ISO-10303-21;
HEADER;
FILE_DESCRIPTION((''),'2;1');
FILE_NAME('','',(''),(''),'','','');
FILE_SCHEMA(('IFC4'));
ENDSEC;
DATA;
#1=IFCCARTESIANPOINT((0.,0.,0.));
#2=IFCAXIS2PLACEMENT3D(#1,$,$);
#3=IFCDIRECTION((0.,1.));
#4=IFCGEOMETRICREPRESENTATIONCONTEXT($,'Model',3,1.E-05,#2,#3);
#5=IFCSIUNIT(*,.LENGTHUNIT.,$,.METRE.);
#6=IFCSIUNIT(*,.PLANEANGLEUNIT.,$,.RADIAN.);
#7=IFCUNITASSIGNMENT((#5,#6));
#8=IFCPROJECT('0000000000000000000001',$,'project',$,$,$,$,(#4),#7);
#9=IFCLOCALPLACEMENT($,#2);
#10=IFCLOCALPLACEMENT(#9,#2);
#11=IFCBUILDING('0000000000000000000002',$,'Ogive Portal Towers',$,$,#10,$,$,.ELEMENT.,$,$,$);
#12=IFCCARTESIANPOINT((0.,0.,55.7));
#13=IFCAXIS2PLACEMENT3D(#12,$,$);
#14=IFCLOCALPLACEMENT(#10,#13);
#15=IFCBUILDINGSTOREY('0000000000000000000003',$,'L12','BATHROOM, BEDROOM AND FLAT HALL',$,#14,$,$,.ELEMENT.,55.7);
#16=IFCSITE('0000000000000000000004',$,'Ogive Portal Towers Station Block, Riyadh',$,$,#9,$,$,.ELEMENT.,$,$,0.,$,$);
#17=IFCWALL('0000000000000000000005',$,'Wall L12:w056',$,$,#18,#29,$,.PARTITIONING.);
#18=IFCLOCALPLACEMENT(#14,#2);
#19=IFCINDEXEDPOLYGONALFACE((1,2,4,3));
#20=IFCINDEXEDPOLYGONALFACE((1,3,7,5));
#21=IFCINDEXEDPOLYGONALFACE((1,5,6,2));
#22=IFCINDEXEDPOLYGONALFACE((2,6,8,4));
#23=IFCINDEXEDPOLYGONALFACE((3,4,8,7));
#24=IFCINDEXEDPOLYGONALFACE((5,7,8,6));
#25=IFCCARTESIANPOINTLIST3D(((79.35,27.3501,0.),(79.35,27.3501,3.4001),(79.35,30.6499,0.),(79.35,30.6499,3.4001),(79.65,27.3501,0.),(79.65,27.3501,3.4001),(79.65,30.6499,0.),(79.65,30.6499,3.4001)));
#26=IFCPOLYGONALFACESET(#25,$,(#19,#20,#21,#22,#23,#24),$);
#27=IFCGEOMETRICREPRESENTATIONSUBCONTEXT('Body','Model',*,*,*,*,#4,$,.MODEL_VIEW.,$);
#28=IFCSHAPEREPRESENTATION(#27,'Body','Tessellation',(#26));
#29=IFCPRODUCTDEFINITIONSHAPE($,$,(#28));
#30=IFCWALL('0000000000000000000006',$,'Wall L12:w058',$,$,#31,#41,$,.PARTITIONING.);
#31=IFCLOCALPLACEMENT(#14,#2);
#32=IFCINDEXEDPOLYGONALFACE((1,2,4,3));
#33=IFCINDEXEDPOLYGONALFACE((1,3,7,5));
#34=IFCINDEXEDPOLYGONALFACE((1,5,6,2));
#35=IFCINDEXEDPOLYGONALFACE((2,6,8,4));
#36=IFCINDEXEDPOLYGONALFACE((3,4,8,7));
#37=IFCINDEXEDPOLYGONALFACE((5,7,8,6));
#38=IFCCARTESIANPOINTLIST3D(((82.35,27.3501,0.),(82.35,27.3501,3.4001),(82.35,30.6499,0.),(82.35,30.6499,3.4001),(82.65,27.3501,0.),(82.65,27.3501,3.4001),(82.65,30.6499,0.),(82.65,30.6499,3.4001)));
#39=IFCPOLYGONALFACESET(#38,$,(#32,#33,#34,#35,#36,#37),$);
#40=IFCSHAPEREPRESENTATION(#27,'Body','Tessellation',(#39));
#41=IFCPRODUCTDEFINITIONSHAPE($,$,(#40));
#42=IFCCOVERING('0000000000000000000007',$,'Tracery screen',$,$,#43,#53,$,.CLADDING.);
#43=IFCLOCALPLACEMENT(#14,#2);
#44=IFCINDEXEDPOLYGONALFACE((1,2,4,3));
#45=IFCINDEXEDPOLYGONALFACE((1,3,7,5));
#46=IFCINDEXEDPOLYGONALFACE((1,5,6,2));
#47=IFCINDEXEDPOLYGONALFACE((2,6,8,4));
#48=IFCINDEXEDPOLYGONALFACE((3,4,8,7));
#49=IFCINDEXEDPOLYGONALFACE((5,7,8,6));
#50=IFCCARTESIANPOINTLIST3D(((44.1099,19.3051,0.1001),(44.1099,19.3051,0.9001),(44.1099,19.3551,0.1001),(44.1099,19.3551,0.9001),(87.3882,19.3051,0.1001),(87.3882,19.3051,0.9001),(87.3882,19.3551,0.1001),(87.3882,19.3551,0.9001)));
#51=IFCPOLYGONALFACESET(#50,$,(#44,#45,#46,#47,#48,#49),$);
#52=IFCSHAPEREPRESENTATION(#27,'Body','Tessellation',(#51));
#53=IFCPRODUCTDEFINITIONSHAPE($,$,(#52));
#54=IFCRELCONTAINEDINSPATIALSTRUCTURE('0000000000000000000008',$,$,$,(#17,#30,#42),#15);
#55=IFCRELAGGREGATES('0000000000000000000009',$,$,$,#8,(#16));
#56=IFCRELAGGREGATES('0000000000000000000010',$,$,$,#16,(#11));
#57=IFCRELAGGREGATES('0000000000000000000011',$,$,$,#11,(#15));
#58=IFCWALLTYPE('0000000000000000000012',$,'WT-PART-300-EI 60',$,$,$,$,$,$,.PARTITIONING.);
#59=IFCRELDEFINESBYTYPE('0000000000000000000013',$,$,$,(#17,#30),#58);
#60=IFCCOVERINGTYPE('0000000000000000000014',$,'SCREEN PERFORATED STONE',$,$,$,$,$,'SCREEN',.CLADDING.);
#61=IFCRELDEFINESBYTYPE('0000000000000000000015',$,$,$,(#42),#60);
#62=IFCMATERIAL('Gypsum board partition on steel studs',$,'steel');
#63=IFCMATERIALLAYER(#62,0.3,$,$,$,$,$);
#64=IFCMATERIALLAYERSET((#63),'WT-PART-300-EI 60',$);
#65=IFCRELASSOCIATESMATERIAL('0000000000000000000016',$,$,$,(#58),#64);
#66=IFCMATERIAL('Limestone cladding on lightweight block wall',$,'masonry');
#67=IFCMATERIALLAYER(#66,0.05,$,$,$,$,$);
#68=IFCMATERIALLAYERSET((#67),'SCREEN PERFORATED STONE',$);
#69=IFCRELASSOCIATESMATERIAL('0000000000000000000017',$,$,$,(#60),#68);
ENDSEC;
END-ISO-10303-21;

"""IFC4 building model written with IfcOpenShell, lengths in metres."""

from ifc_helpers import new_model, si_unit, direction, frame, frame_2d, origin, origin_2d, place, context, subcontext, project, spatial, rectangle, extrude, material, layer, layer_set, type_object, element, save


model = new_model("IFC4")

# Units and contexts
model_context = context("Model", 3, precision=1e-05, world=origin(), true_north=direction((0.0, 1.0)))
body_context = subcontext(model_context, "Body", "Model", "MODEL_VIEW")
ifc_project = project(units=[si_unit("LENGTHUNIT", "METRE"), si_unit("PLANEANGLEUNIT", "RADIAN")], contexts=[model_context])

# Site, building, storey
site_placement = place(None, origin())
site = spatial("IfcSite", under=ifc_project, at=site_placement, Name="Ogive Portal Towers Station Block, Riyadh", CompositionType="ELEMENT", RefElevation=0.0)
building_placement = place(site_placement, origin())
building = spatial("IfcBuilding", under=site, at=building_placement, Name="Ogive Portal Towers", CompositionType="ELEMENT")
storey_placement = place(building_placement, frame((0.0, 0.0, 55.7)))
storey = spatial("IfcBuildingStorey", under=building, at=storey_placement, Name="L12", Description="BATHROOM, BEDROOM AND FLAT HALL", CompositionType="ELEMENT", Elevation=55.7)

# Shared definitions
ifc_material_1 = material(Name="Gypsum board partition on steel studs", Category="steel")
ifc_layer_1 = layer(ifc_material_1, 0.3)
ifc_layer_set_1 = layer_set([ifc_layer_1], Name="WT-PART-300-EI 60")
wall_type = type_object("IfcWallType", Name="WT-PART-300-EI 60", PredefinedType="PARTITIONING", material=ifc_layer_set_1)

# Walls
for number, where, z_axis, x_axis, name in (
    (1, (79.5, 27.3501, 0.0), (0.0, 0.0, 1.0), (0.0, 1.0, 0.0), "Wall L12:w056"),
    (2, (82.5, 27.3501, 0.0), (0.0, 0.0, 1.0), (0.0, 1.0, 0.0), "Wall L12:w058"),
):
    element("IfcWall", number, at=place(storey_placement, frame(where, z_axis=z_axis, x_axis=x_axis)), inside=storey, type_object=wall_type, Name=name, PredefinedType="PARTITIONING", context=body_context, shape_type="SweptSolid", body=[
        extrude(rectangle(XDim=3.2998, YDim=0.3, at=frame_2d((1.6499, 0.0))), origin(), (0.0, 0.0, 1.0), 3.4001),
    ])

# Covering
ifc_material_2 = material(Name="Limestone cladding on lightweight block wall", Category="masonry")
ifc_layer_2 = layer(ifc_material_2, 0.05)
ifc_layer_set_2 = layer_set([ifc_layer_2], Name="SCREEN PERFORATED STONE")
covering_type = type_object("IfcCoveringType", Name="SCREEN PERFORATED STONE", ElementType="SCREEN", PredefinedType="CLADDING", material=ifc_layer_set_2)
covering_placement = place(storey_placement, frame((65.749, 19.3301, 0.1001), z_axis=(0.0, 0.0, 1.0), x_axis=(1.0, 0.0, 0.0)))
element("IfcCovering", 3, at=covering_placement, inside=storey, type_object=covering_type, Name="Tracery screen", PredefinedType="CLADDING", context=body_context, shape_type="SweptSolid", body=[
    extrude(rectangle(XDim=43.2783, YDim=0.05, at=origin_2d()), origin(), (0.0, 0.0, 1.0), 0.8),
])

save(model, "model.ifc")
